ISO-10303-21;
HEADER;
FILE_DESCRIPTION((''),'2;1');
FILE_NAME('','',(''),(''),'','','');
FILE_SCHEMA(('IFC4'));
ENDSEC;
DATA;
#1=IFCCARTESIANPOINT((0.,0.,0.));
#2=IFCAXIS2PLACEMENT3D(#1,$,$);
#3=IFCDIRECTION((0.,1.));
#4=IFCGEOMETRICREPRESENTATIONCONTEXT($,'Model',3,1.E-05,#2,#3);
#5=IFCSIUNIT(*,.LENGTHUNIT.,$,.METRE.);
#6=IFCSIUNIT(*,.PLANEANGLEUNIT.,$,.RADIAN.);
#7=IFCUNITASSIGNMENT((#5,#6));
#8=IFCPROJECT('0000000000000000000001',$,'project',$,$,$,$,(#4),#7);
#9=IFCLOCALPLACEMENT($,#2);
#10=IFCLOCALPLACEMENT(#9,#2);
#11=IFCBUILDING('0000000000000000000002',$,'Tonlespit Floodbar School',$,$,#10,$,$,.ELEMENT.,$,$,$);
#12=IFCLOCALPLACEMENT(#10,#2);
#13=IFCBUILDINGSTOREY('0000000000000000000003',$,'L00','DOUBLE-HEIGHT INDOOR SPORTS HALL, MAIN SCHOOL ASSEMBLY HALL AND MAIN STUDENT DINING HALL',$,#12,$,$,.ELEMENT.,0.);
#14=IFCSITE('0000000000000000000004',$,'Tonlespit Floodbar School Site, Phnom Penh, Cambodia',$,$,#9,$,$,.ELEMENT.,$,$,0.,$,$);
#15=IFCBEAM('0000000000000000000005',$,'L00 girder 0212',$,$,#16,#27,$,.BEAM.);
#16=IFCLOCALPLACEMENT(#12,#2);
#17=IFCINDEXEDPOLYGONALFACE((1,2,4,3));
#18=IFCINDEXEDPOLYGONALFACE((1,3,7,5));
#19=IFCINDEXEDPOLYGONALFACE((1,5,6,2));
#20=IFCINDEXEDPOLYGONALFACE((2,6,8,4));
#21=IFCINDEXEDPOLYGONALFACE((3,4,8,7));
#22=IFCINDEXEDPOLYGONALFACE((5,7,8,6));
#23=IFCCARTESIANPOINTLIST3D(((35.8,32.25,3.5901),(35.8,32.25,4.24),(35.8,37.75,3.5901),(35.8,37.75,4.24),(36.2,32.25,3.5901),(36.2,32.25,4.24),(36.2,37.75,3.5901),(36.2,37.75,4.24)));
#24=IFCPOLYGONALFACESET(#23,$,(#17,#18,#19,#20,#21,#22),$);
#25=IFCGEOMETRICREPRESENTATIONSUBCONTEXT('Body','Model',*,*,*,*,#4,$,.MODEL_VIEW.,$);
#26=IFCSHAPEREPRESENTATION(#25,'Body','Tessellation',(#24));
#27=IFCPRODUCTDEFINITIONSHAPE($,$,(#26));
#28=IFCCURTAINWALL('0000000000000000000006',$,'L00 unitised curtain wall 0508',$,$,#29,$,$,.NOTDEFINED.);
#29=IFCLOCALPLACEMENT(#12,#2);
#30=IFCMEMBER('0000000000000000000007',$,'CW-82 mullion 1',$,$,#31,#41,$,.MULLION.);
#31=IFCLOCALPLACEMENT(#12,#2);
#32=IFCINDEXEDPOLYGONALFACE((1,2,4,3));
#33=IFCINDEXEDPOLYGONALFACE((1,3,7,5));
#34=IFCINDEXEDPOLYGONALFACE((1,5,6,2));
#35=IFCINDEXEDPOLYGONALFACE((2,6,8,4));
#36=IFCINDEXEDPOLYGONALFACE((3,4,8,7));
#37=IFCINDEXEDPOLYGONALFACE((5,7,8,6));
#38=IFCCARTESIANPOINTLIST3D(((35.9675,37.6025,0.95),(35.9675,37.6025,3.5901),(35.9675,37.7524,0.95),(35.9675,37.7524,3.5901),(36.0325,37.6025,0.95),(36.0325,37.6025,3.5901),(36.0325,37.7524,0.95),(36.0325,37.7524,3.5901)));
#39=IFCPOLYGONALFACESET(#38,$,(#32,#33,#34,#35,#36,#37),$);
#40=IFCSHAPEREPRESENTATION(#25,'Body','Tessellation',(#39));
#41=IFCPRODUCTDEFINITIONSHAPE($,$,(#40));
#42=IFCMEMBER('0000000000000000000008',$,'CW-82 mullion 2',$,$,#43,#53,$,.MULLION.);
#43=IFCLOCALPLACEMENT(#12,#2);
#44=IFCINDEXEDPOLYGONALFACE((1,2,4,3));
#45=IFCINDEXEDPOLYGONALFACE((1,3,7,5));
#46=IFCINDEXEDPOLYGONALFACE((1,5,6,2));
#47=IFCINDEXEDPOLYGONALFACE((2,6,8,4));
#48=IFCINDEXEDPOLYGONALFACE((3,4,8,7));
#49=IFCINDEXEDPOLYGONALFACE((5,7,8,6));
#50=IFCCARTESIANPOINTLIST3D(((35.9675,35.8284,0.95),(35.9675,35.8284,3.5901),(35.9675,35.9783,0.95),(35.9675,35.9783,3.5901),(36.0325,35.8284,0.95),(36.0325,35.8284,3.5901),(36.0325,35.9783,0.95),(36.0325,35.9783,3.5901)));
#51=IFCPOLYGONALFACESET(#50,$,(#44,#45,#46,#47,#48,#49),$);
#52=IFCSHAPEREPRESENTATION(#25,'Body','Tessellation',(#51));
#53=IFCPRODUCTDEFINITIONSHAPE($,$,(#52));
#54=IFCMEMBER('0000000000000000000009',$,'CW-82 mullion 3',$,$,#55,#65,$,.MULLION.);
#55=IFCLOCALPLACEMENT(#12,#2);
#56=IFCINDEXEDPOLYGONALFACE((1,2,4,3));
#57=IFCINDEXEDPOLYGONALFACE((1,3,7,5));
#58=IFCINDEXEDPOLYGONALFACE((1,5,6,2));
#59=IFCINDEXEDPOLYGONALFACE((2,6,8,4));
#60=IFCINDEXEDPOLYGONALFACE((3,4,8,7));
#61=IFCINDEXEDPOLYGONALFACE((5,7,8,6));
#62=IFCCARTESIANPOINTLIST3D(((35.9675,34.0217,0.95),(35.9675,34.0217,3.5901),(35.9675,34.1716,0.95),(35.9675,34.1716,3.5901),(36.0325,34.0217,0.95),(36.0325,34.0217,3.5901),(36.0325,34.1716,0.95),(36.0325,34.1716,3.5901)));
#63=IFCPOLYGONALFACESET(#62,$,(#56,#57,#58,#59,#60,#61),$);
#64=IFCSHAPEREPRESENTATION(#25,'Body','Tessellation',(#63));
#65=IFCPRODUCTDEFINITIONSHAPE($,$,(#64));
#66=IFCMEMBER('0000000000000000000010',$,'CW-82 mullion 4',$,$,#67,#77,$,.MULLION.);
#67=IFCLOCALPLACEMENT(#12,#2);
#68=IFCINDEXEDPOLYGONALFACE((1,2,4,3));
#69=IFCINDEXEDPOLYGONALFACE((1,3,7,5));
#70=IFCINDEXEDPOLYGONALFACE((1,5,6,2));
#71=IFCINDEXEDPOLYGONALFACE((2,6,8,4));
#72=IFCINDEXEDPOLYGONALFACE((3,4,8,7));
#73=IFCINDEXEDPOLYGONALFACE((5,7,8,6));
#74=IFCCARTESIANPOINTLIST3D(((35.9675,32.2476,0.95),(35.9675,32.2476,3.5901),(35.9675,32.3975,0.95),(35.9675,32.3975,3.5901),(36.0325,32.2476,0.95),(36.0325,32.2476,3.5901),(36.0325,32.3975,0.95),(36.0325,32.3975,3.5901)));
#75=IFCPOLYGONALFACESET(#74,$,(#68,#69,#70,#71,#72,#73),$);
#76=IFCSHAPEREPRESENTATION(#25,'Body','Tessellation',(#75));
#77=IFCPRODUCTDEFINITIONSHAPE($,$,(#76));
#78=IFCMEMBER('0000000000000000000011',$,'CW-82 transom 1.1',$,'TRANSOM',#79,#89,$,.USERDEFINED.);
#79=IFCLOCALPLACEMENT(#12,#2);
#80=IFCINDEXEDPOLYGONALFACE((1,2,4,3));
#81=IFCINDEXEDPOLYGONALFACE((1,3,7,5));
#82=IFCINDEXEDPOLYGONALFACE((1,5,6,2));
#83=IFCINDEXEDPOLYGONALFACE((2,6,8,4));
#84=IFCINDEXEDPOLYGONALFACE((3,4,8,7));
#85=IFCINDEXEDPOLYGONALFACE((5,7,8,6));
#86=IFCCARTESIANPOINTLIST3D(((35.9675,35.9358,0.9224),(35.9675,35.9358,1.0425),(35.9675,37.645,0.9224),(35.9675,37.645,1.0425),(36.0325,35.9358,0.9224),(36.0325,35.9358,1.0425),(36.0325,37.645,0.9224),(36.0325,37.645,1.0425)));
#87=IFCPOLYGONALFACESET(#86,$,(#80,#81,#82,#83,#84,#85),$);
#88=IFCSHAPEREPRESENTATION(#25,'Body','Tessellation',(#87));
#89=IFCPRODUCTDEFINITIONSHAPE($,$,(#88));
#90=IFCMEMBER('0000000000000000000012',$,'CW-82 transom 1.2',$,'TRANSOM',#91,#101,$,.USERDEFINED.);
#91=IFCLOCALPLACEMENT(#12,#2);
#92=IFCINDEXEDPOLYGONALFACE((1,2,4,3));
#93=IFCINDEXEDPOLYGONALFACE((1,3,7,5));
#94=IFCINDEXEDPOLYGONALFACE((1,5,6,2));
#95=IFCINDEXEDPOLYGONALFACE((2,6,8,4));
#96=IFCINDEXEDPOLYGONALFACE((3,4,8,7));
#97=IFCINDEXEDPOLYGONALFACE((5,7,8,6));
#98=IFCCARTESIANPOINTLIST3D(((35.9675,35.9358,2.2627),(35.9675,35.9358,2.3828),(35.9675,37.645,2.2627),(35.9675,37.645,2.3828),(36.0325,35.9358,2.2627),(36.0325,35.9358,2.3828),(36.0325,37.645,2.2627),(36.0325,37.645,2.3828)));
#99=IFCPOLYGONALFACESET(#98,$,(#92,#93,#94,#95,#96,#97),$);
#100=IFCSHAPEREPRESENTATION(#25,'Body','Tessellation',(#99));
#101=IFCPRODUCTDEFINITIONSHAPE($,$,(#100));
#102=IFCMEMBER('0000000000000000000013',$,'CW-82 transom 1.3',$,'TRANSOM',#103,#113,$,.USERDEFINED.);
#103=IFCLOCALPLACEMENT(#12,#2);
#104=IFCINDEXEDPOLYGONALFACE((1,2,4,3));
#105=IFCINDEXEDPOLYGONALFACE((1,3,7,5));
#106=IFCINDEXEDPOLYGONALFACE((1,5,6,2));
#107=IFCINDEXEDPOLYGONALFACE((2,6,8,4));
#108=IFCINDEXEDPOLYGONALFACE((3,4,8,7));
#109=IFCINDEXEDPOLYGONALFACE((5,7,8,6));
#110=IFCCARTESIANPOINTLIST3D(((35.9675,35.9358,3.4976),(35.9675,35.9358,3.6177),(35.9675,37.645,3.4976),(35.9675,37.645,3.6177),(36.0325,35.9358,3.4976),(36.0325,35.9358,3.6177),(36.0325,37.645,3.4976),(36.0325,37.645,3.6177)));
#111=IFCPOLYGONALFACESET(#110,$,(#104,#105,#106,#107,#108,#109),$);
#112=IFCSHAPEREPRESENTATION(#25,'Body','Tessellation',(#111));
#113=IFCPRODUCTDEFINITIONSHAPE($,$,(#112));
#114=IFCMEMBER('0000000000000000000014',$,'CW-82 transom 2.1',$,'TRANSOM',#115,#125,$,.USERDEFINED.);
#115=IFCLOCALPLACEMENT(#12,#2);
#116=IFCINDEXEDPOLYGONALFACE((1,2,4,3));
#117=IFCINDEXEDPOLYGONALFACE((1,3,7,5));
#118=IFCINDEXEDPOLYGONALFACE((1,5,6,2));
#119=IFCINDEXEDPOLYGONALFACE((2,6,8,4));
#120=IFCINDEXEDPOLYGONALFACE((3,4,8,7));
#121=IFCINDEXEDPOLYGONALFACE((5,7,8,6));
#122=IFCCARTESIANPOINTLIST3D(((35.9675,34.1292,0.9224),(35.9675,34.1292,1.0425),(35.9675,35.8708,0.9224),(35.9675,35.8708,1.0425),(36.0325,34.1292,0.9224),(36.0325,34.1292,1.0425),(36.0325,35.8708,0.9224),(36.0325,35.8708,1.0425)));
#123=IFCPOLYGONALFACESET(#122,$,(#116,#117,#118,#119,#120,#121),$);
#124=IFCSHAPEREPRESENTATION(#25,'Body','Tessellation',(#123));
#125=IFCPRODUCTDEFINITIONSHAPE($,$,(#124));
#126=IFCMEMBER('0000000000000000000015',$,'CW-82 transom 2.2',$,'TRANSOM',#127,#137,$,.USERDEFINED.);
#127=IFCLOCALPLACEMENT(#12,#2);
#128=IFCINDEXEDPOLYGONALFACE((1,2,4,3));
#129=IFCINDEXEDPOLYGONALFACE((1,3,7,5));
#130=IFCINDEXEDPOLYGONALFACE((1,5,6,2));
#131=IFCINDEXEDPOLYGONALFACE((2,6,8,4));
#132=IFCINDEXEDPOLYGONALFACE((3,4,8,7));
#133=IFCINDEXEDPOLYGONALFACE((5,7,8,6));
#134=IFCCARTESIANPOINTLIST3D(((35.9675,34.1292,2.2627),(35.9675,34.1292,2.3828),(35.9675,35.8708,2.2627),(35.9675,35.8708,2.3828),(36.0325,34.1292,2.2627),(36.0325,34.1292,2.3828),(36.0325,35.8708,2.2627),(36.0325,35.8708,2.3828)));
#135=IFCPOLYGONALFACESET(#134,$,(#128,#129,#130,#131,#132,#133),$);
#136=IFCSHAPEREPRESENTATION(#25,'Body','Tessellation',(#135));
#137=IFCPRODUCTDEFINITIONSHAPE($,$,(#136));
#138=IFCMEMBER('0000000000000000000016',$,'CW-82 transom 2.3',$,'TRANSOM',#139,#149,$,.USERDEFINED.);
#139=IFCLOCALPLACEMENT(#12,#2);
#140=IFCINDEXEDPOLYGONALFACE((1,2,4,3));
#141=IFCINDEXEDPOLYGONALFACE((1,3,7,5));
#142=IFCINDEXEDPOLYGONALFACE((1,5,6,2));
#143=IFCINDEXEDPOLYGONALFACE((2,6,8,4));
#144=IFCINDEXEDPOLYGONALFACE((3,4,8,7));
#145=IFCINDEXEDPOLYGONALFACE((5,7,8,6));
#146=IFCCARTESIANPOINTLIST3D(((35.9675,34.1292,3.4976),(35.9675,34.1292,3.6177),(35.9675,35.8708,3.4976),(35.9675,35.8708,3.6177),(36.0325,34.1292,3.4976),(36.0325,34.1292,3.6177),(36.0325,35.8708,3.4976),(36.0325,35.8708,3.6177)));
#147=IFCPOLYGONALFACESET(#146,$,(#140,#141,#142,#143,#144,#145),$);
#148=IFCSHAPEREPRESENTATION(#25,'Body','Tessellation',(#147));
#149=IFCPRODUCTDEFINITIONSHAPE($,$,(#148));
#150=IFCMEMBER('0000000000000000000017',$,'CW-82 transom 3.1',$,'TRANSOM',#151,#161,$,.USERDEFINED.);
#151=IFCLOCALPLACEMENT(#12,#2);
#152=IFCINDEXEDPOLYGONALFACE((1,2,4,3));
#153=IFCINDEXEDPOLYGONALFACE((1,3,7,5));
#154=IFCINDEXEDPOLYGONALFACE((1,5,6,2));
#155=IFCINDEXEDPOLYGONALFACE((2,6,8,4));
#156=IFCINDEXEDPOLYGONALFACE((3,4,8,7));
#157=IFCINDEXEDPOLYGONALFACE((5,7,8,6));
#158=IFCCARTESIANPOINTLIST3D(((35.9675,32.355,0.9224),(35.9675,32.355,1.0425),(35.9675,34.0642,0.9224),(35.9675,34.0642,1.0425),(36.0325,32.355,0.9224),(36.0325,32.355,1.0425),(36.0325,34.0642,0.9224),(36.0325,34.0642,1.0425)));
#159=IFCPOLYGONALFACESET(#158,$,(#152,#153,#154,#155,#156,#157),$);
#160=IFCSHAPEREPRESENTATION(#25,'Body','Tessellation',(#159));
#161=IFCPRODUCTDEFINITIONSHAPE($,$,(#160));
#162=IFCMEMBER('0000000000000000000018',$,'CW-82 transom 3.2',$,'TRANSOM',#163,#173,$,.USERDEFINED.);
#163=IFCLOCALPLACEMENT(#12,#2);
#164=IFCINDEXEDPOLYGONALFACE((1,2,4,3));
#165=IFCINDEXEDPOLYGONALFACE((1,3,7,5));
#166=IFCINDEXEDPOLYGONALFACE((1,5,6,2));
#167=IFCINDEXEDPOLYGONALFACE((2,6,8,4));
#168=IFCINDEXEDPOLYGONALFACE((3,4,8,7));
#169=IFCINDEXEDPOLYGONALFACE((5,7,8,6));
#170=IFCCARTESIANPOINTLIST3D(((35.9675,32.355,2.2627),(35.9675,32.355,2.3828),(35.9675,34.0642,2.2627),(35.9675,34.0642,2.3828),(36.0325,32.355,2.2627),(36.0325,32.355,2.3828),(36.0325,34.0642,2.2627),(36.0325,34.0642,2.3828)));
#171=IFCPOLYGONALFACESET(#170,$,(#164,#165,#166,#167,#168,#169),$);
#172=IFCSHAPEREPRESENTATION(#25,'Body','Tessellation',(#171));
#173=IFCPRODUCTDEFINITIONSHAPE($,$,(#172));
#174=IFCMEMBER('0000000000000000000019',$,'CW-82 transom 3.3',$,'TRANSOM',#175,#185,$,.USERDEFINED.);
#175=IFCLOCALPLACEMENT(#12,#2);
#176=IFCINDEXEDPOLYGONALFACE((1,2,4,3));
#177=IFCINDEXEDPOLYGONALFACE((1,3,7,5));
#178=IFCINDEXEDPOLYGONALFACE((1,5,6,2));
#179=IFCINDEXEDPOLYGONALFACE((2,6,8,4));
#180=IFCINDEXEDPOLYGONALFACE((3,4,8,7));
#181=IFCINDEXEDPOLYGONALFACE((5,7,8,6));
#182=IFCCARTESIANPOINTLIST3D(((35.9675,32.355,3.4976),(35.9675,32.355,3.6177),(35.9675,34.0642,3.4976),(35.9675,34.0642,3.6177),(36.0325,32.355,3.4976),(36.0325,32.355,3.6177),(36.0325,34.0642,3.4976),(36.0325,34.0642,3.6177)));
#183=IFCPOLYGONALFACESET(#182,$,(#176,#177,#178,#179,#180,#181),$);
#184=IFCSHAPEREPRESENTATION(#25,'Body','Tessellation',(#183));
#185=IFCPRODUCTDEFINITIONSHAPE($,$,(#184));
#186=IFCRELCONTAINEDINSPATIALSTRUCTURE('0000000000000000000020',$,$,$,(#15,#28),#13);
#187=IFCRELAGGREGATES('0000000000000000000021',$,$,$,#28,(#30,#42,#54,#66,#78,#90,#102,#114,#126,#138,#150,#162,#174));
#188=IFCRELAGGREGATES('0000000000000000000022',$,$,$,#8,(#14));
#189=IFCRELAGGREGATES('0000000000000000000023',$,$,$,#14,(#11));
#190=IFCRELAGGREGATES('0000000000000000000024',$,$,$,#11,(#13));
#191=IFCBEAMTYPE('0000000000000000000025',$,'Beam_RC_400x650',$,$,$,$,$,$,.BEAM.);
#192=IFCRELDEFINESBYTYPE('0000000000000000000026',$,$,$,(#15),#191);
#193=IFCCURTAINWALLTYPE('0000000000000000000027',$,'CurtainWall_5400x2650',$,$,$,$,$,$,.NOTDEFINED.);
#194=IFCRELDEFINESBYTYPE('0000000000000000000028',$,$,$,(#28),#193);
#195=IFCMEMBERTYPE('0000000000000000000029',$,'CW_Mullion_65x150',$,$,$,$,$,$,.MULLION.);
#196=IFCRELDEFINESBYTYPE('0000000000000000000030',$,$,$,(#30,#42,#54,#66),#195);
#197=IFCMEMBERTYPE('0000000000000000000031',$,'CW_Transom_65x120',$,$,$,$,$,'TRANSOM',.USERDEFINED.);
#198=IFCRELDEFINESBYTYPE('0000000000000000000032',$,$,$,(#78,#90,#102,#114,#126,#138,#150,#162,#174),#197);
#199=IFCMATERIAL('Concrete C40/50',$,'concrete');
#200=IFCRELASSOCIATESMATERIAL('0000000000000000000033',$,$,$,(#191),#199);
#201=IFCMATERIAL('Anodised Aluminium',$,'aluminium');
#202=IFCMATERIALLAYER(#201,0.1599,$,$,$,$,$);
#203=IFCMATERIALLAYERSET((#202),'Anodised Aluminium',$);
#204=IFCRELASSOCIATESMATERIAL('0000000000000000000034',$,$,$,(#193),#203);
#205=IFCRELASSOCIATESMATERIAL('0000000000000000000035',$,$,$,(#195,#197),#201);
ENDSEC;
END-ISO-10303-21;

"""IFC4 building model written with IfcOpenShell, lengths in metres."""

from ifc_helpers import new_model, si_unit, direction, frame, origin, origin_2d, place, context, subcontext, project, spatial, rectangle, extrude, material, layer, layer_set, material_profile, profile_set, type_object, element, aggregate, save


model = new_model("IFC4")

# Units and contexts
model_context = context("Model", 3, precision=1e-05, world=origin(), true_north=direction((0.0, 1.0)))
body_context = subcontext(model_context, "Body", "Model", "MODEL_VIEW")
ifc_project = project(units=[si_unit("LENGTHUNIT", "METRE"), si_unit("PLANEANGLEUNIT", "RADIAN")], contexts=[model_context])

# Site, building, storey
site_placement = place(None, origin())
site = spatial("IfcSite", under=ifc_project, at=site_placement, Name="Tonlespit Floodbar School Site, Phnom Penh, Cambodia", CompositionType="ELEMENT", RefElevation=0.0)
building_placement = place(site_placement, origin())
building = spatial("IfcBuilding", under=site, at=building_placement, Name="Tonlespit Floodbar School", CompositionType="ELEMENT")
storey_placement = place(building_placement, origin())
storey = spatial("IfcBuildingStorey", under=building, at=storey_placement, Name="L00", Description="DOUBLE-HEIGHT INDOOR SPORTS HALL, MAIN SCHOOL ASSEMBLY HALL AND MAIN STUDENT DINING HALL", CompositionType="ELEMENT", Elevation=0.0)

# Shared definitions
ifc_material_1 = material(Name="Concrete C40/50", Category="concrete")

# Beam
ifc_material_profile_1 = material_profile(ifc_material_1, rectangle(XDim=0.3999, YDim=0.6499, at=origin_2d()), Name="RC 400x650")
ifc_profile_set_1 = profile_set([ifc_material_profile_1], Name="Concrete C40/50")
beam_type_1 = type_object("IfcBeamType", Name="Beam_RC_400x650", PredefinedType="BEAM", material=ifc_profile_set_1)
beam_1_placement = place(storey_placement, frame((36.0, 32.25, 3.915), z_axis=(0.0, 1.0, 0.0), x_axis=(-1.0, 0.0, 0.0)))
element("IfcBeam", 1, at=beam_1_placement, inside=storey, type_object=beam_type_1, Name="L00 girder 0212", PredefinedType="BEAM", context=body_context, shape_type="SweptSolid", body=[
    extrude(rectangle(XDim=0.3999, YDim=0.6499, at=origin_2d()), origin(), (0.0, 0.0, 1.0), 5.5),
])

# Curtain wall, members
ifc_material_2 = material(Name="Anodised Aluminium", Category="aluminium")
ifc_layer_1 = layer(ifc_material_2, 0.1599)
ifc_layer_set_1 = layer_set([ifc_layer_1], Name="Anodised Aluminium")
curtain_wall_type = type_object("IfcCurtainWallType", Name="CurtainWall_5400x2650", PredefinedType="NOTDEFINED", material=ifc_layer_set_1)
curtain_wall_placement = place(storey_placement, origin())
curtain_wall = element("IfcCurtainWall", 2, at=curtain_wall_placement, inside=storey, type_object=curtain_wall_type, Name="L00 unitised curtain wall 0508", PredefinedType="NOTDEFINED")
ifc_material_profile_2 = material_profile(ifc_material_2, rectangle(XDim=0.0649, YDim=0.1499, at=origin_2d()), Name="ALU M65x150")
ifc_profile_set_2 = profile_set([ifc_material_profile_2], Name="Anodised Aluminium")
member_type_1 = type_object("IfcMemberType", Name="CW_Mullion_65x150", PredefinedType="MULLION", material=ifc_profile_set_2)
member_1_placement = place(storey_placement, frame((36.0, 37.6775, 0.95), z_axis=(0.0, 0.0, 1.0), x_axis=(1.0, 0.0, 0.0)))
member_1 = element("IfcMember", 3, at=member_1_placement, type_object=member_type_1, Name="CW-82 mullion 1", PredefinedType="MULLION", context=body_context, shape_type="SweptSolid", body=[
    extrude(rectangle(XDim=0.0649, YDim=0.1499, at=origin_2d()), origin(), (0.0, 0.0, 1.0), 2.6401),
])
member_2_placement = place(storey_placement, frame((36.0, 35.9033, 0.95), z_axis=(0.0, 0.0, 1.0), x_axis=(1.0, 0.0, 0.0)))
member_2 = element("IfcMember", 4, at=member_2_placement, type_object=member_type_1, Name="CW-82 mullion 2", PredefinedType="MULLION", context=body_context, shape_type="SweptSolid", body=[
    extrude(rectangle(XDim=0.0649, YDim=0.1499, at=origin_2d()), origin(), (0.0, 0.0, 1.0), 2.6401),
])
member_3_placement = place(storey_placement, frame((36.0, 34.0967, 0.95), z_axis=(0.0, 0.0, 1.0), x_axis=(1.0, 0.0, 0.0)))
member_3 = element("IfcMember", 5, at=member_3_placement, type_object=member_type_1, Name="CW-82 mullion 3", PredefinedType="MULLION", context=body_context, shape_type="SweptSolid", body=[
    extrude(rectangle(XDim=0.0649, YDim=0.1499, at=origin_2d()), origin(), (0.0, 0.0, 1.0), 2.6401),
])
member_4_placement = place(storey_placement, frame((36.0, 32.3225, 0.95), z_axis=(0.0, 0.0, 1.0), x_axis=(1.0, 0.0, 0.0)))
member_4 = element("IfcMember", 6, at=member_4_placement, type_object=member_type_1, Name="CW-82 mullion 4", PredefinedType="MULLION", context=body_context, shape_type="SweptSolid", body=[
    extrude(rectangle(XDim=0.0649, YDim=0.1499, at=origin_2d()), origin(), (0.0, 0.0, 1.0), 2.6401),
])
ifc_material_profile_3 = material_profile(ifc_material_2, rectangle(XDim=0.0649, YDim=0.1201, at=origin_2d()), Name="ALU T65x120")
ifc_profile_set_3 = profile_set([ifc_material_profile_3], Name="Anodised Aluminium")
member_type_2 = type_object("IfcMemberType", Name="CW_Transom_65x120", ElementType="TRANSOM", PredefinedType="USERDEFINED", material=ifc_profile_set_3)
member_5_placement = place(storey_placement, frame((36.0, 37.645, 0.9824), z_axis=(0.0, -1.0, 0.0), x_axis=(1.0, 0.0, 0.0)))
member_5 = element("IfcMember", 7, at=member_5_placement, type_object=member_type_2, Name="CW-82 transom 1.1", ObjectType="TRANSOM", PredefinedType="USERDEFINED", context=body_context, shape_type="SweptSolid", body=[
    extrude(rectangle(XDim=0.0649, YDim=0.1201, at=origin_2d()), origin(), (0.0, 0.0, 1.0), 1.7092),
])
member_6_placement = place(storey_placement, frame((36.0, 37.645, 2.3228), z_axis=(0.0, -1.0, 0.0), x_axis=(1.0, 0.0, 0.0)))
member_6 = element("IfcMember", 8, at=member_6_placement, type_object=member_type_2, Name="CW-82 transom 1.2", ObjectType="TRANSOM", PredefinedType="USERDEFINED", context=body_context, shape_type="SweptSolid", body=[
    extrude(rectangle(XDim=0.0649, YDim=0.1201, at=origin_2d()), origin(), (0.0, 0.0, 1.0), 1.7092),
])
member_7_placement = place(storey_placement, frame((36.0, 37.645, 3.5576), z_axis=(0.0, -1.0, 0.0), x_axis=(1.0, 0.0, 0.0)))
member_7 = element("IfcMember", 9, at=member_7_placement, type_object=member_type_2, Name="CW-82 transom 1.3", ObjectType="TRANSOM", PredefinedType="USERDEFINED", context=body_context, shape_type="SweptSolid", body=[
    extrude(rectangle(XDim=0.0649, YDim=0.1201, at=origin_2d()), origin(), (0.0, 0.0, 1.0), 1.7092),
])
member_8_placement = place(storey_placement, frame((36.0, 35.8708, 0.9824), z_axis=(0.0, -1.0, 0.0), x_axis=(1.0, 0.0, 0.0)))
member_8 = element("IfcMember", 10, at=member_8_placement, type_object=member_type_2, Name="CW-82 transom 2.1", ObjectType="TRANSOM", PredefinedType="USERDEFINED", context=body_context, shape_type="SweptSolid", body=[
    extrude(rectangle(XDim=0.0649, YDim=0.1201, at=origin_2d()), origin(), (0.0, 0.0, 1.0), 1.7417),
])
member_9_placement = place(storey_placement, frame((36.0, 35.8708, 2.3228), z_axis=(0.0, -1.0, 0.0), x_axis=(1.0, 0.0, 0.0)))
member_9 = element("IfcMember", 11, at=member_9_placement, type_object=member_type_2, Name="CW-82 transom 2.2", ObjectType="TRANSOM", PredefinedType="USERDEFINED", context=body_context, shape_type="SweptSolid", body=[
    extrude(rectangle(XDim=0.0649, YDim=0.1201, at=origin_2d()), origin(), (0.0, 0.0, 1.0), 1.7417),
])
member_10_placement = place(storey_placement, frame((36.0, 35.8708, 3.5576), z_axis=(0.0, -1.0, 0.0), x_axis=(1.0, 0.0, 0.0)))
member_10 = element("IfcMember", 12, at=member_10_placement, type_object=member_type_2, Name="CW-82 transom 2.3", ObjectType="TRANSOM", PredefinedType="USERDEFINED", context=body_context, shape_type="SweptSolid", body=[
    extrude(rectangle(XDim=0.0649, YDim=0.1201, at=origin_2d()), origin(), (0.0, 0.0, 1.0), 1.7417),
])
member_11_placement = place(storey_placement, frame((36.0, 34.0642, 0.9824), z_axis=(0.0, -1.0, 0.0), x_axis=(1.0, 0.0, 0.0)))
member_11 = element("IfcMember", 13, at=member_11_placement, type_object=member_type_2, Name="CW-82 transom 3.1", ObjectType="TRANSOM", PredefinedType="USERDEFINED", context=body_context, shape_type="SweptSolid", body=[
    extrude(rectangle(XDim=0.0649, YDim=0.1201, at=origin_2d()), origin(), (0.0, 0.0, 1.0), 1.7092),
])
member_12_placement = place(storey_placement, frame((36.0, 34.0642, 2.3228), z_axis=(0.0, -1.0, 0.0), x_axis=(1.0, 0.0, 0.0)))
member_12 = element("IfcMember", 14, at=member_12_placement, type_object=member_type_2, Name="CW-82 transom 3.2", ObjectType="TRANSOM", PredefinedType="USERDEFINED", context=body_context, shape_type="SweptSolid", body=[
    extrude(rectangle(XDim=0.0649, YDim=0.1201, at=origin_2d()), origin(), (0.0, 0.0, 1.0), 1.7092),
])
member_13_placement = place(storey_placement, frame((36.0, 34.0642, 3.5576), z_axis=(0.0, -1.0, 0.0), x_axis=(1.0, 0.0, 0.0)))
member_13 = element("IfcMember", 15, at=member_13_placement, type_object=member_type_2, Name="CW-82 transom 3.3", ObjectType="TRANSOM", PredefinedType="USERDEFINED", context=body_context, shape_type="SweptSolid", body=[
    extrude(rectangle(XDim=0.0649, YDim=0.1201, at=origin_2d()), origin(), (0.0, 0.0, 1.0), 1.7092),
])

aggregate(curtain_wall, [member_1, member_2, member_3, member_4, member_5, member_6, member_7, member_8, member_9, member_10, member_11, member_12, member_13])

save(model, "model.ifc")
